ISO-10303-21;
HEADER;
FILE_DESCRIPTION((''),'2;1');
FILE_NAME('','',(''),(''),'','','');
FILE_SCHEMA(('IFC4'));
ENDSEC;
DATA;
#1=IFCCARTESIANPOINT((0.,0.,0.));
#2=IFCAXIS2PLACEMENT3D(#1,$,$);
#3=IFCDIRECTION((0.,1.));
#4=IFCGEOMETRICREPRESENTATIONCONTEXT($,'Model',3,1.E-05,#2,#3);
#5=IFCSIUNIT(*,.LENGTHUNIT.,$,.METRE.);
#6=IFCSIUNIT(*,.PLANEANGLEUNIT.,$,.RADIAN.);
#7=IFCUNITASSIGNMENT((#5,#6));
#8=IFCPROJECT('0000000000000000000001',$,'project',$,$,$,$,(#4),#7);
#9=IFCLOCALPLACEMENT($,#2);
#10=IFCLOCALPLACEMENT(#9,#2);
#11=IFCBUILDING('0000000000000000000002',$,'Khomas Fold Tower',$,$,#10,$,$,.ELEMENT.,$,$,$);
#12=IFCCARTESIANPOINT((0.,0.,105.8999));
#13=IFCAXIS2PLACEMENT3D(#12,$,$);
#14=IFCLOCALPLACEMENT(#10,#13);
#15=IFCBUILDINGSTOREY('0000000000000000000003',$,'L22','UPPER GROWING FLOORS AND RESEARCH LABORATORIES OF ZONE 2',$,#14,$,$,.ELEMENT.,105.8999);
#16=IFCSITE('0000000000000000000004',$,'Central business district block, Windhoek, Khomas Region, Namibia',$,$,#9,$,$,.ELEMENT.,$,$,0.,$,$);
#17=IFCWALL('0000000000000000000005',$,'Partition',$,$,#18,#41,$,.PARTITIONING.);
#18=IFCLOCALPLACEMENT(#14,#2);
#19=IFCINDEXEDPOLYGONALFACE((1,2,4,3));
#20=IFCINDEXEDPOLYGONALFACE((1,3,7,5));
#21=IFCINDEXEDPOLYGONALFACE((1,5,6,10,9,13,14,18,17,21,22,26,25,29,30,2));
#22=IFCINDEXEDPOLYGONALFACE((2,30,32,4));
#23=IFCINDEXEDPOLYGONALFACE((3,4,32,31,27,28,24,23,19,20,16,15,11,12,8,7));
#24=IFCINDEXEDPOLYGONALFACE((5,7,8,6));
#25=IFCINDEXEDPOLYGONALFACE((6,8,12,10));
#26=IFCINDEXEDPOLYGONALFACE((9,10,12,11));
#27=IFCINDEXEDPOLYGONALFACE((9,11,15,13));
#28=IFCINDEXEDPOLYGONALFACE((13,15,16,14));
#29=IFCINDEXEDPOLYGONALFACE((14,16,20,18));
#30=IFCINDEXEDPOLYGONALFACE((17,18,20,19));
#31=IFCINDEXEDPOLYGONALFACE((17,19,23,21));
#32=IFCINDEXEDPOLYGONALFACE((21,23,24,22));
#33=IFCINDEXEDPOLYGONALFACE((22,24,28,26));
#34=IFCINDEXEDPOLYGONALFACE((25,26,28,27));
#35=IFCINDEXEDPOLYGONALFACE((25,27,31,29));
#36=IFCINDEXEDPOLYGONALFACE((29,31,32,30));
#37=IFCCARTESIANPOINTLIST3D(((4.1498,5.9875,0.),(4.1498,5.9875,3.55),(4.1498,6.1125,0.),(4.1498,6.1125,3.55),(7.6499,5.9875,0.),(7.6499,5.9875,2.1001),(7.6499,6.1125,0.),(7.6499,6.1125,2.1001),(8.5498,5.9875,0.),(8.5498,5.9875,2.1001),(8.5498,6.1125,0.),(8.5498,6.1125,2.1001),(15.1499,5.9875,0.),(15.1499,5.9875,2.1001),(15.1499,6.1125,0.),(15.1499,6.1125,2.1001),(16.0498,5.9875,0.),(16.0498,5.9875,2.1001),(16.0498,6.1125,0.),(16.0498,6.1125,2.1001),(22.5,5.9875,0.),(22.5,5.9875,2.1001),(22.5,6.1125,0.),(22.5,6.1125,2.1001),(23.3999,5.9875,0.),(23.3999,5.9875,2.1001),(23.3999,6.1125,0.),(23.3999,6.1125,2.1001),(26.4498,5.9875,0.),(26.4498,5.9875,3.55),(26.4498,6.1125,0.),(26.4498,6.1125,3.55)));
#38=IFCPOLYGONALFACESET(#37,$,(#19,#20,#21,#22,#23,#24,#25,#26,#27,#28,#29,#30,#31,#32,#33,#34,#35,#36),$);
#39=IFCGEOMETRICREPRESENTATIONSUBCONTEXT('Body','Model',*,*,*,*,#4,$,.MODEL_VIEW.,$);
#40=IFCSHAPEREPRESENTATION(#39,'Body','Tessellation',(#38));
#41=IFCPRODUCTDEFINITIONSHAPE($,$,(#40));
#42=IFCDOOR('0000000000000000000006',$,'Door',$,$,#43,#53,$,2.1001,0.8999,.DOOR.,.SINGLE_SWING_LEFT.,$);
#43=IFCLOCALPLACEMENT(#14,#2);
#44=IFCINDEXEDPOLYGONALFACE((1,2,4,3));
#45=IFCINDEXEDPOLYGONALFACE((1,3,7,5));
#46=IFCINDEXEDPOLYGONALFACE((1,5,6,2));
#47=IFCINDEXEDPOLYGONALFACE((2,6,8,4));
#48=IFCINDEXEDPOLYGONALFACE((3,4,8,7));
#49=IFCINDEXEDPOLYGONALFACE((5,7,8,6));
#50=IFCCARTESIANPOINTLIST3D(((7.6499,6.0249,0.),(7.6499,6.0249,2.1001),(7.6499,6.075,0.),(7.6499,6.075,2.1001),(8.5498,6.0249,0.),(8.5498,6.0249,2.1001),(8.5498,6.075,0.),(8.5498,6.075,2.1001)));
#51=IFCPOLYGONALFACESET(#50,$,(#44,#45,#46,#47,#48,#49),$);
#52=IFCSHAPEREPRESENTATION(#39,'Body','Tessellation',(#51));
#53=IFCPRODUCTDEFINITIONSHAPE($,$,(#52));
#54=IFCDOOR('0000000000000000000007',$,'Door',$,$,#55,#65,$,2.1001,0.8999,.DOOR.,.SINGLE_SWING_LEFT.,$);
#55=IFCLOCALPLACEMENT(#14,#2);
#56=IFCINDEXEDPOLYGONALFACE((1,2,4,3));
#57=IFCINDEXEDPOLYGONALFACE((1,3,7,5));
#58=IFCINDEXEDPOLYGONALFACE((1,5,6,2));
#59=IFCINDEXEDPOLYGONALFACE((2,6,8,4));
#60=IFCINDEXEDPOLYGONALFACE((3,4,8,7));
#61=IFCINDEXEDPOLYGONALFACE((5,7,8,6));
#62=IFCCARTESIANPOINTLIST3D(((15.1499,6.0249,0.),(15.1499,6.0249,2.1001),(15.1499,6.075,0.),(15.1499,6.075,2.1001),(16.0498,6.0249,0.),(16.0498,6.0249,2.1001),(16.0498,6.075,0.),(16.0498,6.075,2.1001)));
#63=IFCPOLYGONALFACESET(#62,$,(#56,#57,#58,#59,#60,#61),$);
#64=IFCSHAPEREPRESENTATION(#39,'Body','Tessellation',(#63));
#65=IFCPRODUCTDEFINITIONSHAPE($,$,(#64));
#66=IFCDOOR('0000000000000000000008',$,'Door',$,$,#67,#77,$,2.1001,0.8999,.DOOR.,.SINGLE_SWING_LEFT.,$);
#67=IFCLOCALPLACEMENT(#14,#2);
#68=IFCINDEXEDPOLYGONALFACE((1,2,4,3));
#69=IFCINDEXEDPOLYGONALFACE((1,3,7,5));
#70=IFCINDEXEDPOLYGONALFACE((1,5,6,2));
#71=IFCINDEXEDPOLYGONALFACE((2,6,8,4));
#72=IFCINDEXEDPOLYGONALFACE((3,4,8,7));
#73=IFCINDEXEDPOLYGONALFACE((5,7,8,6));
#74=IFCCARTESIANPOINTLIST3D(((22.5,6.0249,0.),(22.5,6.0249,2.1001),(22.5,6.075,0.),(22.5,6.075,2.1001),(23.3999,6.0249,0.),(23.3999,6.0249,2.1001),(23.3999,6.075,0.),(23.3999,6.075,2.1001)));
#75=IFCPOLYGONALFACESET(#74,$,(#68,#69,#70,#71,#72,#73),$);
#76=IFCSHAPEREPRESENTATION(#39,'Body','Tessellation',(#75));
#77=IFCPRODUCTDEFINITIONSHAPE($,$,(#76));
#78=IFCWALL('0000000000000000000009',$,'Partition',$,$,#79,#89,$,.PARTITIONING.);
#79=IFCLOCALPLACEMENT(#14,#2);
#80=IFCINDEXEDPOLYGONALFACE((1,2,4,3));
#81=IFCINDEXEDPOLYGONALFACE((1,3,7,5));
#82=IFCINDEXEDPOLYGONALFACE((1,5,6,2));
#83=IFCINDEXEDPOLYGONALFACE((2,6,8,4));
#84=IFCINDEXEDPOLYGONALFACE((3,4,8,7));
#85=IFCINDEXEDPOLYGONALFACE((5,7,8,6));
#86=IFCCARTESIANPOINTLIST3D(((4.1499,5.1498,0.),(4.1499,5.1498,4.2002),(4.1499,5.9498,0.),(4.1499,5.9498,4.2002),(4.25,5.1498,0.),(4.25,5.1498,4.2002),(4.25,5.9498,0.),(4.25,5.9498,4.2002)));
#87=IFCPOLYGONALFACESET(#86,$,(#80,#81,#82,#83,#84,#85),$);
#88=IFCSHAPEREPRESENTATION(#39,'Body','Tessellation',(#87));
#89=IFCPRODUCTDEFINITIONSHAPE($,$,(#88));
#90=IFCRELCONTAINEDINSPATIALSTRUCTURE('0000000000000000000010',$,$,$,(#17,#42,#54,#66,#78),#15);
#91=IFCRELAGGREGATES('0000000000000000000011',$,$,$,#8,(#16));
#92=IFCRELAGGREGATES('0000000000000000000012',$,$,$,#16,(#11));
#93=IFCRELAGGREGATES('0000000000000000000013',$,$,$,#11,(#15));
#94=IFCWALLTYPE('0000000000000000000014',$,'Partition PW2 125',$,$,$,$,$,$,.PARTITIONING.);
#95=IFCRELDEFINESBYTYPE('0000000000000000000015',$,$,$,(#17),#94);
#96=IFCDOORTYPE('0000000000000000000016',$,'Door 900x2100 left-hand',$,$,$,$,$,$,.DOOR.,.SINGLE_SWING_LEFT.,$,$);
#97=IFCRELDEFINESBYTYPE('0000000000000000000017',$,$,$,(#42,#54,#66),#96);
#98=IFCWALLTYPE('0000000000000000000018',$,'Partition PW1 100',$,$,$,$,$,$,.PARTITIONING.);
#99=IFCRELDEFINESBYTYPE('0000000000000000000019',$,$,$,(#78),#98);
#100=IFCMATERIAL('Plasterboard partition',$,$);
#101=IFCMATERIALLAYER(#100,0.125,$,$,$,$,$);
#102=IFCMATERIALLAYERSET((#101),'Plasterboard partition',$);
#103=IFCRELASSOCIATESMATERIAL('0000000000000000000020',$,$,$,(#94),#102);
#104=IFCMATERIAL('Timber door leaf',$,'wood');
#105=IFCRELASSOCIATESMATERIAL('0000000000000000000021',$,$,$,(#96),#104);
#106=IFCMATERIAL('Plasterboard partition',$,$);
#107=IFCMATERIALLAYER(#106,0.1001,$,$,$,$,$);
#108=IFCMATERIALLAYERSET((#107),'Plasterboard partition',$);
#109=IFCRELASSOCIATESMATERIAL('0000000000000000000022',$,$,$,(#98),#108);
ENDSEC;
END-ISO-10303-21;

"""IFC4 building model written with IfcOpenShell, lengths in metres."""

from ifc_helpers import new_model, si_unit, direction, frame, frame_2d, origin, place, context, subcontext, project, spatial, rectangle, extrude, source, transform, mapped, material, layer, layer_set, type_object, element, fill, save


model = new_model("IFC4")

# Units and contexts
model_context = context("Model", 3, precision=1e-05, world=origin(), true_north=direction((0.0, 1.0)))
body_context = subcontext(model_context, "Body", "Model", "MODEL_VIEW")
ifc_project = project(units=[si_unit("LENGTHUNIT", "METRE"), si_unit("PLANEANGLEUNIT", "RADIAN")], contexts=[model_context])

# Site, building, storey
site_placement = place(None, origin())
site = spatial("IfcSite", under=ifc_project, at=site_placement, Name="Central business district block, Windhoek, Khomas Region, Namibia", CompositionType="ELEMENT", RefElevation=0.0)
building_placement = place(site_placement, origin())
building = spatial("IfcBuilding", under=site, at=building_placement, Name="Khomas Fold Tower", CompositionType="ELEMENT")
storey_placement = place(building_placement, frame((0.0, 0.0, 105.8999)))
storey = spatial("IfcBuildingStorey", under=building, at=storey_placement, Name="L22", Description="UPPER GROWING FLOORS AND RESEARCH LABORATORIES OF ZONE 2", CompositionType="ELEMENT", Elevation=105.8999)

# Wall, openings, doors
ifc_material_1 = material(Name="Plasterboard partition")
ifc_layer_1 = layer(ifc_material_1, 0.125)
ifc_layer_set_1 = layer_set([ifc_layer_1], Name="Plasterboard partition")
wall_type_1 = type_object("IfcWallType", Name="Partition PW2 125", PredefinedType="PARTITIONING", material=ifc_layer_set_1)
shared_shape_1 = source(origin(), body_context, "Body", "SweptSolid", [
    extrude(rectangle(XDim=22.3, YDim=0.125, at=frame_2d((11.1499, 0.0))), origin(), (0.0, 0.0, 1.0), 3.55),
])
wall_1_placement = place(storey_placement, frame((4.1499, 6.05, 0.0), z_axis=(0.0, 0.0, 1.0), x_axis=(1.0, 0.0, 0.0)))
wall_1 = element("IfcWall", 1, at=wall_1_placement, inside=storey, type_object=wall_type_1, Name="Partition", PredefinedType="PARTITIONING", context=body_context, shape_type="MappedRepresentation", body=[
    mapped(shared_shape_1, transform((0.0, 0.0, 0.0))),
])
shared_shape_2 = source(origin(), body_context, "Body", "SweptSolid", [
    extrude(rectangle(XDim=0.8999, YDim=2.1001, at=frame_2d((0.45, 1.05))), frame((0.0, 0.0725, 0.0), z_axis=(0.0, -1.0, 0.0), x_axis=(1.0, 0.0, 0.0)), (0.0, 0.0, 1.0), 0.145),
])
opening_1_placement = place(wall_1_placement, frame((3.5, 0.0, 0.0)))
opening_1 = element("IfcOpeningElement", 2, at=opening_1_placement, cuts=wall_1, PredefinedType="OPENING", context=body_context, shape_type="MappedRepresentation", body=[
    mapped(shared_shape_2, transform((0.0, 0.0, 0.0))),
])
opening_2_placement = place(wall_1_placement, frame((11.0, 0.0, 0.0)))
opening_2 = element("IfcOpeningElement", 3, at=opening_2_placement, cuts=wall_1, PredefinedType="OPENING", context=body_context, shape_type="MappedRepresentation", body=[
    mapped(shared_shape_2, transform((0.0, 0.0, 0.0))),
])
opening_3_placement = place(wall_1_placement, frame((18.3501, 0.0, 0.0)))
opening_3 = element("IfcOpeningElement", 4, at=opening_3_placement, cuts=wall_1, PredefinedType="OPENING", context=body_context, shape_type="MappedRepresentation", body=[
    mapped(shared_shape_2, transform((0.0, 0.0, 0.0))),
])
ifc_material_2 = material(Name="Timber door leaf", Category="wood")
door_type = type_object("IfcDoorType", Name="Door 900x2100 left-hand", OperationType="SINGLE_SWING_LEFT", PredefinedType="DOOR", material=ifc_material_2)
shared_shape_3 = source(origin(), body_context, "Body", "SweptSolid", [
    extrude(rectangle(XDim=0.8999, YDim=2.1001, at=frame_2d((0.45, 1.05))), frame((0.0, 0.0249, 0.0), z_axis=(0.0, -1.0, 0.0), x_axis=(1.0, 0.0, 0.0)), (0.0, 0.0, 1.0), 0.05),
])
door_1_placement = place(opening_1_placement, origin())
door_1 = element("IfcDoor", 5, at=door_1_placement, inside=storey, type_object=door_type, Name="Door", OperationType="SINGLE_SWING_LEFT", OverallHeight=2.1001, OverallWidth=0.8999, PredefinedType="DOOR", context=body_context, shape_type="MappedRepresentation", body=[
    mapped(shared_shape_3, transform((0.0, 0.0, 0.0))),
])
fill(opening_1, door_1)
door_2_placement = place(opening_2_placement, origin())
door_2 = element("IfcDoor", 6, at=door_2_placement, inside=storey, type_object=door_type, Name="Door", OperationType="SINGLE_SWING_LEFT", OverallHeight=2.1001, OverallWidth=0.8999, PredefinedType="DOOR", context=body_context, shape_type="MappedRepresentation", body=[
    mapped(shared_shape_3, transform((0.0, 0.0, 0.0))),
])
fill(opening_2, door_2)
door_3_placement = place(opening_3_placement, origin())
door_3 = element("IfcDoor", 7, at=door_3_placement, inside=storey, type_object=door_type, Name="Door", OperationType="SINGLE_SWING_LEFT", OverallHeight=2.1001, OverallWidth=0.8999, PredefinedType="DOOR", context=body_context, shape_type="MappedRepresentation", body=[
    mapped(shared_shape_3, transform((0.0, 0.0, 0.0))),
])
fill(opening_3, door_3)

# Wall
ifc_material_3 = material(Name="Plasterboard partition")
ifc_layer_2 = layer(ifc_material_3, 0.1001)
ifc_layer_set_2 = layer_set([ifc_layer_2], Name="Plasterboard partition")
wall_type_2 = type_object("IfcWallType", Name="Partition PW1 100", PredefinedType="PARTITIONING", material=ifc_layer_set_2)
shared_shape_4 = source(origin(), body_context, "Body", "SweptSolid", [
    extrude(rectangle(XDim=0.8, YDim=0.1001, at=frame_2d((0.3999, 0.0))), origin(), (0.0, 0.0, 1.0), 4.2002),
])
wall_2_placement = place(storey_placement, frame((4.2, 5.1499, 0.0), z_axis=(0.0, 0.0, 1.0), x_axis=(0.0, 1.0, 0.0)))
element("IfcWall", 8, at=wall_2_placement, inside=storey, type_object=wall_type_2, Name="Partition", PredefinedType="PARTITIONING", context=body_context, shape_type="MappedRepresentation", body=[
    mapped(shared_shape_4, transform((0.0, 0.0, 0.0))),
])

save(model, "model.ifc")
